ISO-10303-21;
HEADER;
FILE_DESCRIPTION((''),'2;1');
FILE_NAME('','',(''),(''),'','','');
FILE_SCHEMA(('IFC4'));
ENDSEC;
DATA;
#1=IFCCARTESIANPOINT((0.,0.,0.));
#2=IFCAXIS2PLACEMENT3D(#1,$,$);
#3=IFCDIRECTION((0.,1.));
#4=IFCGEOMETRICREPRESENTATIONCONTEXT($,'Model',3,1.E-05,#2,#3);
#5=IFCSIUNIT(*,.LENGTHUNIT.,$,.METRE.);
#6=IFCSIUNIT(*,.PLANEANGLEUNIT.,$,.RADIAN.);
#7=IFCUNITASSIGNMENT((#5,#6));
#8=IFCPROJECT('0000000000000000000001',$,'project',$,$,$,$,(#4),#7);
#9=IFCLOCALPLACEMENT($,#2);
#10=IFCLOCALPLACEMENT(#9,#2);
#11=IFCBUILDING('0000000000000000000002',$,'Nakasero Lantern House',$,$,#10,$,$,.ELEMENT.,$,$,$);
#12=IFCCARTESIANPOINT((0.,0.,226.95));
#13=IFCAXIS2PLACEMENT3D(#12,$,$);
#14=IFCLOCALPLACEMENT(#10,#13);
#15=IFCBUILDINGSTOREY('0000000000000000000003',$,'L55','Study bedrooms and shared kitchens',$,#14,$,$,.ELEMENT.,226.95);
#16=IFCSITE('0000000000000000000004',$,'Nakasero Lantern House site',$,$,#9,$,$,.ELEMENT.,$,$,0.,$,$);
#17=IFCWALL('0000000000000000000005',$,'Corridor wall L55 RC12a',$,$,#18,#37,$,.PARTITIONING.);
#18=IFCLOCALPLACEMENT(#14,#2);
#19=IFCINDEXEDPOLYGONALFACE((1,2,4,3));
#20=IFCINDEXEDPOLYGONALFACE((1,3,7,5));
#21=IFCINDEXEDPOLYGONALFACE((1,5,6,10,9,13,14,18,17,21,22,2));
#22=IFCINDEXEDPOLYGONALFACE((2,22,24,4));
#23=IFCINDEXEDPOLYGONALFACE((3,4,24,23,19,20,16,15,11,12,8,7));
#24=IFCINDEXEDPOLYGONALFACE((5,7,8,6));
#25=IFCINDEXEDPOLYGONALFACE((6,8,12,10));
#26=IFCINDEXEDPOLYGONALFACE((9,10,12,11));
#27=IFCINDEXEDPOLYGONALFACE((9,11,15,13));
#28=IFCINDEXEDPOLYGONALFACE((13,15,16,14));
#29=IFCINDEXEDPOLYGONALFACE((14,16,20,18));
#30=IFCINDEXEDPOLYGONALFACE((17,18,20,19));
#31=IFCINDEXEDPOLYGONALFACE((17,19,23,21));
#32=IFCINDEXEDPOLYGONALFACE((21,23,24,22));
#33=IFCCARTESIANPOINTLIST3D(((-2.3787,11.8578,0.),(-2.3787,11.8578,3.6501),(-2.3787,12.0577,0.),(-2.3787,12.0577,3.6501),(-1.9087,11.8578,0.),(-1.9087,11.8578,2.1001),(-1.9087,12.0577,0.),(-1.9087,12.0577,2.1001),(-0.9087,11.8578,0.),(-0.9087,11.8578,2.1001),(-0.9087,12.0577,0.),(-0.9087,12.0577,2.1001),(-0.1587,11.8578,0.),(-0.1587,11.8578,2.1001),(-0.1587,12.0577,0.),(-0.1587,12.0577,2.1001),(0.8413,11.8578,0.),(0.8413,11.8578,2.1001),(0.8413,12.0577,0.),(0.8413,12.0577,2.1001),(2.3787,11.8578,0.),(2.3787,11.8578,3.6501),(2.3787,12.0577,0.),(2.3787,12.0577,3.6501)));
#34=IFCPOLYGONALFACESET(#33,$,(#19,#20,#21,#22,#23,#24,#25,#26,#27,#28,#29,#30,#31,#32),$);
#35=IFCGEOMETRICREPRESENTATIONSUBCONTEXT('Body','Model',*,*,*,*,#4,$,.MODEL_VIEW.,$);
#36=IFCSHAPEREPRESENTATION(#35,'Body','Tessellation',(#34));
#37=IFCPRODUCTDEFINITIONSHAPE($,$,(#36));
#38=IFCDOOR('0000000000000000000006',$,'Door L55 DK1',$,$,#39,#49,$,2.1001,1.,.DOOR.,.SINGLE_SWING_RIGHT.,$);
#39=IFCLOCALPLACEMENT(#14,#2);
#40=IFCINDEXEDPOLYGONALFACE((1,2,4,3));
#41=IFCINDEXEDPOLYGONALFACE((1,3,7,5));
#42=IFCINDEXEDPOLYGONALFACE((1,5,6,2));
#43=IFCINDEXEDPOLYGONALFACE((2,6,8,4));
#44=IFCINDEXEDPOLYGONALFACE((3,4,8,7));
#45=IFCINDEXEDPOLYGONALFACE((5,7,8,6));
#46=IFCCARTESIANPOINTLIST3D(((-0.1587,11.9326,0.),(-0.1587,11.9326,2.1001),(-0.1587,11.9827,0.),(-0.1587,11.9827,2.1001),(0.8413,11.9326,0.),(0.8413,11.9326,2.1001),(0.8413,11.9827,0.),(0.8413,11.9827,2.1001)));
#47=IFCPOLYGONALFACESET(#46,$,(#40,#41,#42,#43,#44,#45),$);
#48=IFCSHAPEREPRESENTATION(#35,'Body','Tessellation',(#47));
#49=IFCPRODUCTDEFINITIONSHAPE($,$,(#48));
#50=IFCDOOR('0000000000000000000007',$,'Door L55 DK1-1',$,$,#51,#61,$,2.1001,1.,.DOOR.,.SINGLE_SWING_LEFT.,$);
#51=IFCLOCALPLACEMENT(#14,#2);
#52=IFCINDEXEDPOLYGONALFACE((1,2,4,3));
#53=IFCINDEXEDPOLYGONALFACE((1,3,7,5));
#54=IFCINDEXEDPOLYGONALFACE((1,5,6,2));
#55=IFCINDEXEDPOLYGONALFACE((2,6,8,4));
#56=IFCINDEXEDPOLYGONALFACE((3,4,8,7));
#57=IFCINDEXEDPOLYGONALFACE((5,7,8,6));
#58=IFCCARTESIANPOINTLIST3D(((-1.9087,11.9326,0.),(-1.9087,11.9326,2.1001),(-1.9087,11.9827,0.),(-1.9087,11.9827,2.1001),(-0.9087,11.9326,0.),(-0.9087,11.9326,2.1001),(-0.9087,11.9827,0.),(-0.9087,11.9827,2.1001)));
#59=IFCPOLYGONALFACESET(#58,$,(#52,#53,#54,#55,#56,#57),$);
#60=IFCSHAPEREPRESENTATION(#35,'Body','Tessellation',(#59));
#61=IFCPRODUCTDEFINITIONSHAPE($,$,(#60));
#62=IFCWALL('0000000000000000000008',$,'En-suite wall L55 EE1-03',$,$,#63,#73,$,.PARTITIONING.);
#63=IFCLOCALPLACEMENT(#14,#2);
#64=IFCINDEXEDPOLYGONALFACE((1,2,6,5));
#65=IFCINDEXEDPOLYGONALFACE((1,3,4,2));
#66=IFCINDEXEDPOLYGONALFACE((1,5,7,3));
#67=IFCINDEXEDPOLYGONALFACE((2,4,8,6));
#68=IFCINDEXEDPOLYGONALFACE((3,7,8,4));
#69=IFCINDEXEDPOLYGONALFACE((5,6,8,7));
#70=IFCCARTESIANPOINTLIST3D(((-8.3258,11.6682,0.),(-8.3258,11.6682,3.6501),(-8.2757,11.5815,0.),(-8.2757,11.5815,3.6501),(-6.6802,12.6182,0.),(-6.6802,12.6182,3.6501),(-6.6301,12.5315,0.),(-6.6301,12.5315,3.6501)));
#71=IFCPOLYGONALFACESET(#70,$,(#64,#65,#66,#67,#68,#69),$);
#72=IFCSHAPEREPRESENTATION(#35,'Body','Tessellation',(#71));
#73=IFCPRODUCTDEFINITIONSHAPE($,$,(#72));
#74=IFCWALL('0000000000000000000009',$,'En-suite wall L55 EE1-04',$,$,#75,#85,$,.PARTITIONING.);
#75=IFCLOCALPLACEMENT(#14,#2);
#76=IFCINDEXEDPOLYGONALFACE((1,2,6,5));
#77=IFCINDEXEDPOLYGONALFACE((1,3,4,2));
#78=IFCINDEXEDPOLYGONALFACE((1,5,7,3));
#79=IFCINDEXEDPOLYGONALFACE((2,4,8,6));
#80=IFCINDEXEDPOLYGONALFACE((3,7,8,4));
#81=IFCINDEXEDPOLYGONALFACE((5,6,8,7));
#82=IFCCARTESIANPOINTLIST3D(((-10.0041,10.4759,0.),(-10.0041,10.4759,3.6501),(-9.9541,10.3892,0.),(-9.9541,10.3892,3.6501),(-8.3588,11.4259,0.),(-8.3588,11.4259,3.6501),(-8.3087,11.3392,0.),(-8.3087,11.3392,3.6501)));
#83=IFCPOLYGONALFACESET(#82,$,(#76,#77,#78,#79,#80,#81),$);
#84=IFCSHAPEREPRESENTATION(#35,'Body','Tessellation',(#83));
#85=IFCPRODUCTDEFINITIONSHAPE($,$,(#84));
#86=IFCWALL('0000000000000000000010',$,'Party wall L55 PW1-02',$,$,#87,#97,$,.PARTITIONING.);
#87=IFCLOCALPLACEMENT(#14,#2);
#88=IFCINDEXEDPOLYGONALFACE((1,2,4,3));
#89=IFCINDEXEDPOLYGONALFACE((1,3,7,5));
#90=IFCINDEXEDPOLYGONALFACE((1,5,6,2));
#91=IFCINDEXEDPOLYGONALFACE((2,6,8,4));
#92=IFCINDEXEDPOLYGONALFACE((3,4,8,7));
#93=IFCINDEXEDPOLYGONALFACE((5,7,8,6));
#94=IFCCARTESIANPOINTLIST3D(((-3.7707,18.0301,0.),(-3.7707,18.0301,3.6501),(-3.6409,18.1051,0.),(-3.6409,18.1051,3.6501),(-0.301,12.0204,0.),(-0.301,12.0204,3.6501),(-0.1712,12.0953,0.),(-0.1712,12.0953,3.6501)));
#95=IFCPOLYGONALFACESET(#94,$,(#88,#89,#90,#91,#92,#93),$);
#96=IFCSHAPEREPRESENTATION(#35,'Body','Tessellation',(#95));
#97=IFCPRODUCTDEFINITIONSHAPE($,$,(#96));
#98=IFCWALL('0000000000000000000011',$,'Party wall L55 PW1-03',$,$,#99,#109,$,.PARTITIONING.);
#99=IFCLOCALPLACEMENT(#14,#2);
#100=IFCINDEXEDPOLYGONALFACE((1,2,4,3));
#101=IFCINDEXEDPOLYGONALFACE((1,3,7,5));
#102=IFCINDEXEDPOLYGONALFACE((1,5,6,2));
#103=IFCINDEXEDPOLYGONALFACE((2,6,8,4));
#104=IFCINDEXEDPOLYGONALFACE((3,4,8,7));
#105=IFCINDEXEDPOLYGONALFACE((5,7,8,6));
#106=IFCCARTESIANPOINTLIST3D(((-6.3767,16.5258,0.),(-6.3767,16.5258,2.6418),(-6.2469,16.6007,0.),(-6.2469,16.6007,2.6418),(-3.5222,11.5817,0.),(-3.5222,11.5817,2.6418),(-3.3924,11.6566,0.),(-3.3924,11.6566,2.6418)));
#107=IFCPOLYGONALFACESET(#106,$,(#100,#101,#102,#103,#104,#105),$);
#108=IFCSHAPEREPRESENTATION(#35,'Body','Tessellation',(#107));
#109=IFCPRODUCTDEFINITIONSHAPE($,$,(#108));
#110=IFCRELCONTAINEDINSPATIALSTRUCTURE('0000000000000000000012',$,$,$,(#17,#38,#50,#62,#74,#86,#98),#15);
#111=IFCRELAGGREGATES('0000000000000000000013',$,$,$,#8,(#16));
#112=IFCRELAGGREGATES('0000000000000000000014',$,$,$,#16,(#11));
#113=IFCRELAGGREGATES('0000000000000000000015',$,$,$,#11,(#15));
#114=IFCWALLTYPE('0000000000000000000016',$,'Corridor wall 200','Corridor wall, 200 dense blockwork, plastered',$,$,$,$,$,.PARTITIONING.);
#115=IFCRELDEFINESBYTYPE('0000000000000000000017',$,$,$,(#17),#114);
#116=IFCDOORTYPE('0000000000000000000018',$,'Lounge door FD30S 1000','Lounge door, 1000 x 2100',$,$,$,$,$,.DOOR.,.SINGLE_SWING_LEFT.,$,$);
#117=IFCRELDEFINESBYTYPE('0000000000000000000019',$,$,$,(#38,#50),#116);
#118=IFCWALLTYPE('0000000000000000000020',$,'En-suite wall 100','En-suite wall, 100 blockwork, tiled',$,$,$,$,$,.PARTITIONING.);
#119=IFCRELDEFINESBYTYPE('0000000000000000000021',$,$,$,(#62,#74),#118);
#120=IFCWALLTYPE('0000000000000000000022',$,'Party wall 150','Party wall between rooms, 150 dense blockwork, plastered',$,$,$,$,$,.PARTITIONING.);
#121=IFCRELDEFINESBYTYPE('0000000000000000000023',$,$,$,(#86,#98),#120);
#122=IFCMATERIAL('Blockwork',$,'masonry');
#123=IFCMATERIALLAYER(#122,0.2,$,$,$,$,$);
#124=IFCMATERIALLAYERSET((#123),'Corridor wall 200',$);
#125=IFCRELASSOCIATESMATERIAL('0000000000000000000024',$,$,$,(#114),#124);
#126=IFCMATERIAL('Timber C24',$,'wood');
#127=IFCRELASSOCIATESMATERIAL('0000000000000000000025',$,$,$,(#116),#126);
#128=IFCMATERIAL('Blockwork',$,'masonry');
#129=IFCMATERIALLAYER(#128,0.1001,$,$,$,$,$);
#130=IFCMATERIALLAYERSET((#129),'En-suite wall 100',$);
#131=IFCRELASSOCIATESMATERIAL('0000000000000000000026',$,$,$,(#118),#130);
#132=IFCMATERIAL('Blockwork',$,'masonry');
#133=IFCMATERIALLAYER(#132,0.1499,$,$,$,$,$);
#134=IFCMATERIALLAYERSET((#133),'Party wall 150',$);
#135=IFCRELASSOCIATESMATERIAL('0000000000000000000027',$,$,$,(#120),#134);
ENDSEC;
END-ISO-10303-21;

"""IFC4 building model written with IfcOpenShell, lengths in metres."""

from ifc_helpers import new_model, si_unit, direction, frame, frame_2d, origin, place, context, subcontext, project, spatial, rectangle, extrude, material, layer, layer_set, type_object, element, fill, save


model = new_model("IFC4")

# Units and contexts
model_context = context("Model", 3, precision=1e-05, world=origin(), true_north=direction((0.0, 1.0)))
body_context = subcontext(model_context, "Body", "Model", "MODEL_VIEW")
ifc_project = project(units=[si_unit("LENGTHUNIT", "METRE"), si_unit("PLANEANGLEUNIT", "RADIAN")], contexts=[model_context])

# Site, building, storey
site_placement = place(None, origin())
site = spatial("IfcSite", under=ifc_project, at=site_placement, Name="Nakasero Lantern House site", CompositionType="ELEMENT", RefElevation=0.0)
building_placement = place(site_placement, origin())
building = spatial("IfcBuilding", under=site, at=building_placement, Name="Nakasero Lantern House", CompositionType="ELEMENT")
storey_placement = place(building_placement, frame((0.0, 0.0, 226.95)))
storey = spatial("IfcBuildingStorey", under=building, at=storey_placement, Name="L55", Description="Study bedrooms and shared kitchens", CompositionType="ELEMENT", Elevation=226.95)

# Wall, openings, doors
ifc_material_1 = material(Name="Blockwork", Category="masonry")
ifc_layer_1 = layer(ifc_material_1, 0.2)
ifc_layer_set_1 = layer_set([ifc_layer_1], Name="Corridor wall 200")
wall_type_1 = type_object("IfcWallType", Name="Corridor wall 200", Description="Corridor wall, 200 dense blockwork, plastered", PredefinedType="PARTITIONING", material=ifc_layer_set_1)
wall_1_placement = place(storey_placement, frame((-2.3787, 11.9578, 0.0), z_axis=(0.0, 0.0, 1.0), x_axis=(1.0, 0.0, 0.0)))
wall_1 = element("IfcWall", 1, at=wall_1_placement, inside=storey, type_object=wall_type_1, Name="Corridor wall L55 RC12a", PredefinedType="PARTITIONING", context=body_context, shape_type="SweptSolid", body=[
    extrude(rectangle(XDim=4.7573, YDim=0.2, at=frame_2d((2.3787, 0.0))), origin(), (0.0, 0.0, 1.0), 3.6501),
])
opening_1_placement = place(wall_1_placement, frame((2.22, 0.0, 0.0)))
opening_1 = element("IfcOpeningElement", 2, at=opening_1_placement, cuts=wall_1, PredefinedType="OPENING", context=body_context, shape_type="SweptSolid", body=[
    extrude(rectangle(XDim=1.0, YDim=2.1001, at=frame_2d((0.5, 1.05))), frame((0.0, 0.1199, 0.0), z_axis=(0.0, -1.0, 0.0), x_axis=(1.0, 0.0, 0.0)), (0.0, 0.0, 1.0), 0.24),
])
opening_2_placement = place(wall_1_placement, frame((0.47, 0.0, 0.0)))
opening_2 = element("IfcOpeningElement", 3, at=opening_2_placement, cuts=wall_1, PredefinedType="OPENING", context=body_context, shape_type="SweptSolid", body=[
    extrude(rectangle(XDim=1.0, YDim=2.1001, at=frame_2d((0.5, 1.05))), frame((0.0, 0.1199, 0.0), z_axis=(0.0, -1.0, 0.0), x_axis=(1.0, 0.0, 0.0)), (0.0, 0.0, 1.0), 0.24),
])
ifc_material_2 = material(Name="Timber C24", Category="wood")
door_type = type_object("IfcDoorType", Name="Lounge door FD30S 1000", Description="Lounge door, 1000 x 2100", OperationType="SINGLE_SWING_LEFT", PredefinedType="DOOR", material=ifc_material_2)
door_1_placement = place(opening_1_placement, origin())
door_1 = element("IfcDoor", 4, at=door_1_placement, inside=storey, type_object=door_type, Name="Door L55 DK1", OperationType="SINGLE_SWING_RIGHT", OverallHeight=2.1001, OverallWidth=1.0, PredefinedType="DOOR", context=body_context, shape_type="SweptSolid", body=[
    extrude(rectangle(XDim=1.0, YDim=2.1001, at=frame_2d((0.5, 1.05))), frame((0.0, 0.0249, 0.0), z_axis=(0.0, -1.0, 0.0), x_axis=(1.0, 0.0, 0.0)), (0.0, 0.0, 1.0), 0.05),
])
fill(opening_1, door_1)
door_2_placement = place(opening_2_placement, origin())
door_2 = element("IfcDoor", 5, at=door_2_placement, inside=storey, type_object=door_type, Name="Door L55 DK1-1", OperationType="SINGLE_SWING_LEFT", OverallHeight=2.1001, OverallWidth=1.0, PredefinedType="DOOR", context=body_context, shape_type="SweptSolid", body=[
    extrude(rectangle(XDim=1.0, YDim=2.1001, at=frame_2d((0.5, 1.05))), frame((0.0, 0.0249, 0.0), z_axis=(0.0, -1.0, 0.0), x_axis=(1.0, 0.0, 0.0)), (0.0, 0.0, 1.0), 0.05),
])
fill(opening_2, door_2)

# Walls
ifc_material_3 = material(Name="Blockwork", Category="masonry")
ifc_layer_2 = layer(ifc_material_3, 0.1001)
ifc_layer_set_2 = layer_set([ifc_layer_2], Name="En-suite wall 100")
wall_type_2 = type_object("IfcWallType", Name="En-suite wall 100", Description="En-suite wall, 100 blockwork, tiled", PredefinedType="PARTITIONING", material=ifc_layer_set_2)
wall_2_placement = place(storey_placement, frame((-6.655, 12.575, 0.0), z_axis=(0.0, 0.0, 1.0), x_axis=(-0.866044, -0.499967, 0.0)))
element("IfcWall", 6, at=wall_2_placement, inside=storey, type_object=wall_type_2, Name="En-suite wall L55 EE1-03", PredefinedType="PARTITIONING", context=body_context, shape_type="SweptSolid", body=[
    extrude(rectangle(XDim=1.9001, YDim=0.1001, at=frame_2d((0.9502, 0.0))), origin(), (0.0, 0.0, 1.0), 3.6501),
])
wall_3_placement = place(storey_placement, frame((-8.3337, 11.3826, 0.0), z_axis=(0.0, 0.0, 1.0), x_axis=(-0.866012, -0.500023, 0.0)))
element("IfcWall", 7, at=wall_3_placement, inside=storey, type_object=wall_type_2, Name="En-suite wall L55 EE1-04", PredefinedType="PARTITIONING", context=body_context, shape_type="SweptSolid", body=[
    extrude(rectangle(XDim=1.8999, YDim=0.1001, at=frame_2d((0.95, 0.0))), origin(), (0.0, 0.0, 1.0), 3.6501),
])
ifc_material_4 = material(Name="Blockwork", Category="masonry")
ifc_layer_3 = layer(ifc_material_4, 0.1499)
ifc_layer_set_3 = layer_set([ifc_layer_3], Name="Party wall 150")
wall_type_3 = type_object("IfcWallType", Name="Party wall 150", Description="Party wall between rooms, 150 dense blockwork, plastered", PredefinedType="PARTITIONING", material=ifc_layer_set_3)
wall_4_placement = place(storey_placement, frame((-0.2361, 12.0579, 0.0), z_axis=(0.0, 0.0, 1.0), x_axis=(-0.499999, 0.866026, 0.0)))
element("IfcWall", 8, at=wall_4_placement, inside=storey, type_object=wall_type_3, Name="Party wall L55 PW1-02", PredefinedType="PARTITIONING", context=body_context, shape_type="SweptSolid", body=[
    extrude(rectangle(XDim=6.9395, YDim=0.1499, at=frame_2d((3.4697, 0.0))), origin(), (0.0, 0.0, 1.0), 3.6501),
])
wall_5_placement = place(storey_placement, frame((-3.4573, 11.6191, 0.0), z_axis=(0.0, 0.0, 1.0), x_axis=(-0.500003, 0.866024, 0.0)))
element("IfcWall", 9, at=wall_5_placement, inside=storey, type_object=wall_type_3, Name="Party wall L55 PW1-03", PredefinedType="PARTITIONING", context=body_context, shape_type="SweptSolid", body=[
    extrude(rectangle(XDim=5.709, YDim=0.1499, at=frame_2d((2.8545, 0.0))), origin(), (0.0, 0.0, 1.0), 2.6418),
])

save(model, "model.ifc")
